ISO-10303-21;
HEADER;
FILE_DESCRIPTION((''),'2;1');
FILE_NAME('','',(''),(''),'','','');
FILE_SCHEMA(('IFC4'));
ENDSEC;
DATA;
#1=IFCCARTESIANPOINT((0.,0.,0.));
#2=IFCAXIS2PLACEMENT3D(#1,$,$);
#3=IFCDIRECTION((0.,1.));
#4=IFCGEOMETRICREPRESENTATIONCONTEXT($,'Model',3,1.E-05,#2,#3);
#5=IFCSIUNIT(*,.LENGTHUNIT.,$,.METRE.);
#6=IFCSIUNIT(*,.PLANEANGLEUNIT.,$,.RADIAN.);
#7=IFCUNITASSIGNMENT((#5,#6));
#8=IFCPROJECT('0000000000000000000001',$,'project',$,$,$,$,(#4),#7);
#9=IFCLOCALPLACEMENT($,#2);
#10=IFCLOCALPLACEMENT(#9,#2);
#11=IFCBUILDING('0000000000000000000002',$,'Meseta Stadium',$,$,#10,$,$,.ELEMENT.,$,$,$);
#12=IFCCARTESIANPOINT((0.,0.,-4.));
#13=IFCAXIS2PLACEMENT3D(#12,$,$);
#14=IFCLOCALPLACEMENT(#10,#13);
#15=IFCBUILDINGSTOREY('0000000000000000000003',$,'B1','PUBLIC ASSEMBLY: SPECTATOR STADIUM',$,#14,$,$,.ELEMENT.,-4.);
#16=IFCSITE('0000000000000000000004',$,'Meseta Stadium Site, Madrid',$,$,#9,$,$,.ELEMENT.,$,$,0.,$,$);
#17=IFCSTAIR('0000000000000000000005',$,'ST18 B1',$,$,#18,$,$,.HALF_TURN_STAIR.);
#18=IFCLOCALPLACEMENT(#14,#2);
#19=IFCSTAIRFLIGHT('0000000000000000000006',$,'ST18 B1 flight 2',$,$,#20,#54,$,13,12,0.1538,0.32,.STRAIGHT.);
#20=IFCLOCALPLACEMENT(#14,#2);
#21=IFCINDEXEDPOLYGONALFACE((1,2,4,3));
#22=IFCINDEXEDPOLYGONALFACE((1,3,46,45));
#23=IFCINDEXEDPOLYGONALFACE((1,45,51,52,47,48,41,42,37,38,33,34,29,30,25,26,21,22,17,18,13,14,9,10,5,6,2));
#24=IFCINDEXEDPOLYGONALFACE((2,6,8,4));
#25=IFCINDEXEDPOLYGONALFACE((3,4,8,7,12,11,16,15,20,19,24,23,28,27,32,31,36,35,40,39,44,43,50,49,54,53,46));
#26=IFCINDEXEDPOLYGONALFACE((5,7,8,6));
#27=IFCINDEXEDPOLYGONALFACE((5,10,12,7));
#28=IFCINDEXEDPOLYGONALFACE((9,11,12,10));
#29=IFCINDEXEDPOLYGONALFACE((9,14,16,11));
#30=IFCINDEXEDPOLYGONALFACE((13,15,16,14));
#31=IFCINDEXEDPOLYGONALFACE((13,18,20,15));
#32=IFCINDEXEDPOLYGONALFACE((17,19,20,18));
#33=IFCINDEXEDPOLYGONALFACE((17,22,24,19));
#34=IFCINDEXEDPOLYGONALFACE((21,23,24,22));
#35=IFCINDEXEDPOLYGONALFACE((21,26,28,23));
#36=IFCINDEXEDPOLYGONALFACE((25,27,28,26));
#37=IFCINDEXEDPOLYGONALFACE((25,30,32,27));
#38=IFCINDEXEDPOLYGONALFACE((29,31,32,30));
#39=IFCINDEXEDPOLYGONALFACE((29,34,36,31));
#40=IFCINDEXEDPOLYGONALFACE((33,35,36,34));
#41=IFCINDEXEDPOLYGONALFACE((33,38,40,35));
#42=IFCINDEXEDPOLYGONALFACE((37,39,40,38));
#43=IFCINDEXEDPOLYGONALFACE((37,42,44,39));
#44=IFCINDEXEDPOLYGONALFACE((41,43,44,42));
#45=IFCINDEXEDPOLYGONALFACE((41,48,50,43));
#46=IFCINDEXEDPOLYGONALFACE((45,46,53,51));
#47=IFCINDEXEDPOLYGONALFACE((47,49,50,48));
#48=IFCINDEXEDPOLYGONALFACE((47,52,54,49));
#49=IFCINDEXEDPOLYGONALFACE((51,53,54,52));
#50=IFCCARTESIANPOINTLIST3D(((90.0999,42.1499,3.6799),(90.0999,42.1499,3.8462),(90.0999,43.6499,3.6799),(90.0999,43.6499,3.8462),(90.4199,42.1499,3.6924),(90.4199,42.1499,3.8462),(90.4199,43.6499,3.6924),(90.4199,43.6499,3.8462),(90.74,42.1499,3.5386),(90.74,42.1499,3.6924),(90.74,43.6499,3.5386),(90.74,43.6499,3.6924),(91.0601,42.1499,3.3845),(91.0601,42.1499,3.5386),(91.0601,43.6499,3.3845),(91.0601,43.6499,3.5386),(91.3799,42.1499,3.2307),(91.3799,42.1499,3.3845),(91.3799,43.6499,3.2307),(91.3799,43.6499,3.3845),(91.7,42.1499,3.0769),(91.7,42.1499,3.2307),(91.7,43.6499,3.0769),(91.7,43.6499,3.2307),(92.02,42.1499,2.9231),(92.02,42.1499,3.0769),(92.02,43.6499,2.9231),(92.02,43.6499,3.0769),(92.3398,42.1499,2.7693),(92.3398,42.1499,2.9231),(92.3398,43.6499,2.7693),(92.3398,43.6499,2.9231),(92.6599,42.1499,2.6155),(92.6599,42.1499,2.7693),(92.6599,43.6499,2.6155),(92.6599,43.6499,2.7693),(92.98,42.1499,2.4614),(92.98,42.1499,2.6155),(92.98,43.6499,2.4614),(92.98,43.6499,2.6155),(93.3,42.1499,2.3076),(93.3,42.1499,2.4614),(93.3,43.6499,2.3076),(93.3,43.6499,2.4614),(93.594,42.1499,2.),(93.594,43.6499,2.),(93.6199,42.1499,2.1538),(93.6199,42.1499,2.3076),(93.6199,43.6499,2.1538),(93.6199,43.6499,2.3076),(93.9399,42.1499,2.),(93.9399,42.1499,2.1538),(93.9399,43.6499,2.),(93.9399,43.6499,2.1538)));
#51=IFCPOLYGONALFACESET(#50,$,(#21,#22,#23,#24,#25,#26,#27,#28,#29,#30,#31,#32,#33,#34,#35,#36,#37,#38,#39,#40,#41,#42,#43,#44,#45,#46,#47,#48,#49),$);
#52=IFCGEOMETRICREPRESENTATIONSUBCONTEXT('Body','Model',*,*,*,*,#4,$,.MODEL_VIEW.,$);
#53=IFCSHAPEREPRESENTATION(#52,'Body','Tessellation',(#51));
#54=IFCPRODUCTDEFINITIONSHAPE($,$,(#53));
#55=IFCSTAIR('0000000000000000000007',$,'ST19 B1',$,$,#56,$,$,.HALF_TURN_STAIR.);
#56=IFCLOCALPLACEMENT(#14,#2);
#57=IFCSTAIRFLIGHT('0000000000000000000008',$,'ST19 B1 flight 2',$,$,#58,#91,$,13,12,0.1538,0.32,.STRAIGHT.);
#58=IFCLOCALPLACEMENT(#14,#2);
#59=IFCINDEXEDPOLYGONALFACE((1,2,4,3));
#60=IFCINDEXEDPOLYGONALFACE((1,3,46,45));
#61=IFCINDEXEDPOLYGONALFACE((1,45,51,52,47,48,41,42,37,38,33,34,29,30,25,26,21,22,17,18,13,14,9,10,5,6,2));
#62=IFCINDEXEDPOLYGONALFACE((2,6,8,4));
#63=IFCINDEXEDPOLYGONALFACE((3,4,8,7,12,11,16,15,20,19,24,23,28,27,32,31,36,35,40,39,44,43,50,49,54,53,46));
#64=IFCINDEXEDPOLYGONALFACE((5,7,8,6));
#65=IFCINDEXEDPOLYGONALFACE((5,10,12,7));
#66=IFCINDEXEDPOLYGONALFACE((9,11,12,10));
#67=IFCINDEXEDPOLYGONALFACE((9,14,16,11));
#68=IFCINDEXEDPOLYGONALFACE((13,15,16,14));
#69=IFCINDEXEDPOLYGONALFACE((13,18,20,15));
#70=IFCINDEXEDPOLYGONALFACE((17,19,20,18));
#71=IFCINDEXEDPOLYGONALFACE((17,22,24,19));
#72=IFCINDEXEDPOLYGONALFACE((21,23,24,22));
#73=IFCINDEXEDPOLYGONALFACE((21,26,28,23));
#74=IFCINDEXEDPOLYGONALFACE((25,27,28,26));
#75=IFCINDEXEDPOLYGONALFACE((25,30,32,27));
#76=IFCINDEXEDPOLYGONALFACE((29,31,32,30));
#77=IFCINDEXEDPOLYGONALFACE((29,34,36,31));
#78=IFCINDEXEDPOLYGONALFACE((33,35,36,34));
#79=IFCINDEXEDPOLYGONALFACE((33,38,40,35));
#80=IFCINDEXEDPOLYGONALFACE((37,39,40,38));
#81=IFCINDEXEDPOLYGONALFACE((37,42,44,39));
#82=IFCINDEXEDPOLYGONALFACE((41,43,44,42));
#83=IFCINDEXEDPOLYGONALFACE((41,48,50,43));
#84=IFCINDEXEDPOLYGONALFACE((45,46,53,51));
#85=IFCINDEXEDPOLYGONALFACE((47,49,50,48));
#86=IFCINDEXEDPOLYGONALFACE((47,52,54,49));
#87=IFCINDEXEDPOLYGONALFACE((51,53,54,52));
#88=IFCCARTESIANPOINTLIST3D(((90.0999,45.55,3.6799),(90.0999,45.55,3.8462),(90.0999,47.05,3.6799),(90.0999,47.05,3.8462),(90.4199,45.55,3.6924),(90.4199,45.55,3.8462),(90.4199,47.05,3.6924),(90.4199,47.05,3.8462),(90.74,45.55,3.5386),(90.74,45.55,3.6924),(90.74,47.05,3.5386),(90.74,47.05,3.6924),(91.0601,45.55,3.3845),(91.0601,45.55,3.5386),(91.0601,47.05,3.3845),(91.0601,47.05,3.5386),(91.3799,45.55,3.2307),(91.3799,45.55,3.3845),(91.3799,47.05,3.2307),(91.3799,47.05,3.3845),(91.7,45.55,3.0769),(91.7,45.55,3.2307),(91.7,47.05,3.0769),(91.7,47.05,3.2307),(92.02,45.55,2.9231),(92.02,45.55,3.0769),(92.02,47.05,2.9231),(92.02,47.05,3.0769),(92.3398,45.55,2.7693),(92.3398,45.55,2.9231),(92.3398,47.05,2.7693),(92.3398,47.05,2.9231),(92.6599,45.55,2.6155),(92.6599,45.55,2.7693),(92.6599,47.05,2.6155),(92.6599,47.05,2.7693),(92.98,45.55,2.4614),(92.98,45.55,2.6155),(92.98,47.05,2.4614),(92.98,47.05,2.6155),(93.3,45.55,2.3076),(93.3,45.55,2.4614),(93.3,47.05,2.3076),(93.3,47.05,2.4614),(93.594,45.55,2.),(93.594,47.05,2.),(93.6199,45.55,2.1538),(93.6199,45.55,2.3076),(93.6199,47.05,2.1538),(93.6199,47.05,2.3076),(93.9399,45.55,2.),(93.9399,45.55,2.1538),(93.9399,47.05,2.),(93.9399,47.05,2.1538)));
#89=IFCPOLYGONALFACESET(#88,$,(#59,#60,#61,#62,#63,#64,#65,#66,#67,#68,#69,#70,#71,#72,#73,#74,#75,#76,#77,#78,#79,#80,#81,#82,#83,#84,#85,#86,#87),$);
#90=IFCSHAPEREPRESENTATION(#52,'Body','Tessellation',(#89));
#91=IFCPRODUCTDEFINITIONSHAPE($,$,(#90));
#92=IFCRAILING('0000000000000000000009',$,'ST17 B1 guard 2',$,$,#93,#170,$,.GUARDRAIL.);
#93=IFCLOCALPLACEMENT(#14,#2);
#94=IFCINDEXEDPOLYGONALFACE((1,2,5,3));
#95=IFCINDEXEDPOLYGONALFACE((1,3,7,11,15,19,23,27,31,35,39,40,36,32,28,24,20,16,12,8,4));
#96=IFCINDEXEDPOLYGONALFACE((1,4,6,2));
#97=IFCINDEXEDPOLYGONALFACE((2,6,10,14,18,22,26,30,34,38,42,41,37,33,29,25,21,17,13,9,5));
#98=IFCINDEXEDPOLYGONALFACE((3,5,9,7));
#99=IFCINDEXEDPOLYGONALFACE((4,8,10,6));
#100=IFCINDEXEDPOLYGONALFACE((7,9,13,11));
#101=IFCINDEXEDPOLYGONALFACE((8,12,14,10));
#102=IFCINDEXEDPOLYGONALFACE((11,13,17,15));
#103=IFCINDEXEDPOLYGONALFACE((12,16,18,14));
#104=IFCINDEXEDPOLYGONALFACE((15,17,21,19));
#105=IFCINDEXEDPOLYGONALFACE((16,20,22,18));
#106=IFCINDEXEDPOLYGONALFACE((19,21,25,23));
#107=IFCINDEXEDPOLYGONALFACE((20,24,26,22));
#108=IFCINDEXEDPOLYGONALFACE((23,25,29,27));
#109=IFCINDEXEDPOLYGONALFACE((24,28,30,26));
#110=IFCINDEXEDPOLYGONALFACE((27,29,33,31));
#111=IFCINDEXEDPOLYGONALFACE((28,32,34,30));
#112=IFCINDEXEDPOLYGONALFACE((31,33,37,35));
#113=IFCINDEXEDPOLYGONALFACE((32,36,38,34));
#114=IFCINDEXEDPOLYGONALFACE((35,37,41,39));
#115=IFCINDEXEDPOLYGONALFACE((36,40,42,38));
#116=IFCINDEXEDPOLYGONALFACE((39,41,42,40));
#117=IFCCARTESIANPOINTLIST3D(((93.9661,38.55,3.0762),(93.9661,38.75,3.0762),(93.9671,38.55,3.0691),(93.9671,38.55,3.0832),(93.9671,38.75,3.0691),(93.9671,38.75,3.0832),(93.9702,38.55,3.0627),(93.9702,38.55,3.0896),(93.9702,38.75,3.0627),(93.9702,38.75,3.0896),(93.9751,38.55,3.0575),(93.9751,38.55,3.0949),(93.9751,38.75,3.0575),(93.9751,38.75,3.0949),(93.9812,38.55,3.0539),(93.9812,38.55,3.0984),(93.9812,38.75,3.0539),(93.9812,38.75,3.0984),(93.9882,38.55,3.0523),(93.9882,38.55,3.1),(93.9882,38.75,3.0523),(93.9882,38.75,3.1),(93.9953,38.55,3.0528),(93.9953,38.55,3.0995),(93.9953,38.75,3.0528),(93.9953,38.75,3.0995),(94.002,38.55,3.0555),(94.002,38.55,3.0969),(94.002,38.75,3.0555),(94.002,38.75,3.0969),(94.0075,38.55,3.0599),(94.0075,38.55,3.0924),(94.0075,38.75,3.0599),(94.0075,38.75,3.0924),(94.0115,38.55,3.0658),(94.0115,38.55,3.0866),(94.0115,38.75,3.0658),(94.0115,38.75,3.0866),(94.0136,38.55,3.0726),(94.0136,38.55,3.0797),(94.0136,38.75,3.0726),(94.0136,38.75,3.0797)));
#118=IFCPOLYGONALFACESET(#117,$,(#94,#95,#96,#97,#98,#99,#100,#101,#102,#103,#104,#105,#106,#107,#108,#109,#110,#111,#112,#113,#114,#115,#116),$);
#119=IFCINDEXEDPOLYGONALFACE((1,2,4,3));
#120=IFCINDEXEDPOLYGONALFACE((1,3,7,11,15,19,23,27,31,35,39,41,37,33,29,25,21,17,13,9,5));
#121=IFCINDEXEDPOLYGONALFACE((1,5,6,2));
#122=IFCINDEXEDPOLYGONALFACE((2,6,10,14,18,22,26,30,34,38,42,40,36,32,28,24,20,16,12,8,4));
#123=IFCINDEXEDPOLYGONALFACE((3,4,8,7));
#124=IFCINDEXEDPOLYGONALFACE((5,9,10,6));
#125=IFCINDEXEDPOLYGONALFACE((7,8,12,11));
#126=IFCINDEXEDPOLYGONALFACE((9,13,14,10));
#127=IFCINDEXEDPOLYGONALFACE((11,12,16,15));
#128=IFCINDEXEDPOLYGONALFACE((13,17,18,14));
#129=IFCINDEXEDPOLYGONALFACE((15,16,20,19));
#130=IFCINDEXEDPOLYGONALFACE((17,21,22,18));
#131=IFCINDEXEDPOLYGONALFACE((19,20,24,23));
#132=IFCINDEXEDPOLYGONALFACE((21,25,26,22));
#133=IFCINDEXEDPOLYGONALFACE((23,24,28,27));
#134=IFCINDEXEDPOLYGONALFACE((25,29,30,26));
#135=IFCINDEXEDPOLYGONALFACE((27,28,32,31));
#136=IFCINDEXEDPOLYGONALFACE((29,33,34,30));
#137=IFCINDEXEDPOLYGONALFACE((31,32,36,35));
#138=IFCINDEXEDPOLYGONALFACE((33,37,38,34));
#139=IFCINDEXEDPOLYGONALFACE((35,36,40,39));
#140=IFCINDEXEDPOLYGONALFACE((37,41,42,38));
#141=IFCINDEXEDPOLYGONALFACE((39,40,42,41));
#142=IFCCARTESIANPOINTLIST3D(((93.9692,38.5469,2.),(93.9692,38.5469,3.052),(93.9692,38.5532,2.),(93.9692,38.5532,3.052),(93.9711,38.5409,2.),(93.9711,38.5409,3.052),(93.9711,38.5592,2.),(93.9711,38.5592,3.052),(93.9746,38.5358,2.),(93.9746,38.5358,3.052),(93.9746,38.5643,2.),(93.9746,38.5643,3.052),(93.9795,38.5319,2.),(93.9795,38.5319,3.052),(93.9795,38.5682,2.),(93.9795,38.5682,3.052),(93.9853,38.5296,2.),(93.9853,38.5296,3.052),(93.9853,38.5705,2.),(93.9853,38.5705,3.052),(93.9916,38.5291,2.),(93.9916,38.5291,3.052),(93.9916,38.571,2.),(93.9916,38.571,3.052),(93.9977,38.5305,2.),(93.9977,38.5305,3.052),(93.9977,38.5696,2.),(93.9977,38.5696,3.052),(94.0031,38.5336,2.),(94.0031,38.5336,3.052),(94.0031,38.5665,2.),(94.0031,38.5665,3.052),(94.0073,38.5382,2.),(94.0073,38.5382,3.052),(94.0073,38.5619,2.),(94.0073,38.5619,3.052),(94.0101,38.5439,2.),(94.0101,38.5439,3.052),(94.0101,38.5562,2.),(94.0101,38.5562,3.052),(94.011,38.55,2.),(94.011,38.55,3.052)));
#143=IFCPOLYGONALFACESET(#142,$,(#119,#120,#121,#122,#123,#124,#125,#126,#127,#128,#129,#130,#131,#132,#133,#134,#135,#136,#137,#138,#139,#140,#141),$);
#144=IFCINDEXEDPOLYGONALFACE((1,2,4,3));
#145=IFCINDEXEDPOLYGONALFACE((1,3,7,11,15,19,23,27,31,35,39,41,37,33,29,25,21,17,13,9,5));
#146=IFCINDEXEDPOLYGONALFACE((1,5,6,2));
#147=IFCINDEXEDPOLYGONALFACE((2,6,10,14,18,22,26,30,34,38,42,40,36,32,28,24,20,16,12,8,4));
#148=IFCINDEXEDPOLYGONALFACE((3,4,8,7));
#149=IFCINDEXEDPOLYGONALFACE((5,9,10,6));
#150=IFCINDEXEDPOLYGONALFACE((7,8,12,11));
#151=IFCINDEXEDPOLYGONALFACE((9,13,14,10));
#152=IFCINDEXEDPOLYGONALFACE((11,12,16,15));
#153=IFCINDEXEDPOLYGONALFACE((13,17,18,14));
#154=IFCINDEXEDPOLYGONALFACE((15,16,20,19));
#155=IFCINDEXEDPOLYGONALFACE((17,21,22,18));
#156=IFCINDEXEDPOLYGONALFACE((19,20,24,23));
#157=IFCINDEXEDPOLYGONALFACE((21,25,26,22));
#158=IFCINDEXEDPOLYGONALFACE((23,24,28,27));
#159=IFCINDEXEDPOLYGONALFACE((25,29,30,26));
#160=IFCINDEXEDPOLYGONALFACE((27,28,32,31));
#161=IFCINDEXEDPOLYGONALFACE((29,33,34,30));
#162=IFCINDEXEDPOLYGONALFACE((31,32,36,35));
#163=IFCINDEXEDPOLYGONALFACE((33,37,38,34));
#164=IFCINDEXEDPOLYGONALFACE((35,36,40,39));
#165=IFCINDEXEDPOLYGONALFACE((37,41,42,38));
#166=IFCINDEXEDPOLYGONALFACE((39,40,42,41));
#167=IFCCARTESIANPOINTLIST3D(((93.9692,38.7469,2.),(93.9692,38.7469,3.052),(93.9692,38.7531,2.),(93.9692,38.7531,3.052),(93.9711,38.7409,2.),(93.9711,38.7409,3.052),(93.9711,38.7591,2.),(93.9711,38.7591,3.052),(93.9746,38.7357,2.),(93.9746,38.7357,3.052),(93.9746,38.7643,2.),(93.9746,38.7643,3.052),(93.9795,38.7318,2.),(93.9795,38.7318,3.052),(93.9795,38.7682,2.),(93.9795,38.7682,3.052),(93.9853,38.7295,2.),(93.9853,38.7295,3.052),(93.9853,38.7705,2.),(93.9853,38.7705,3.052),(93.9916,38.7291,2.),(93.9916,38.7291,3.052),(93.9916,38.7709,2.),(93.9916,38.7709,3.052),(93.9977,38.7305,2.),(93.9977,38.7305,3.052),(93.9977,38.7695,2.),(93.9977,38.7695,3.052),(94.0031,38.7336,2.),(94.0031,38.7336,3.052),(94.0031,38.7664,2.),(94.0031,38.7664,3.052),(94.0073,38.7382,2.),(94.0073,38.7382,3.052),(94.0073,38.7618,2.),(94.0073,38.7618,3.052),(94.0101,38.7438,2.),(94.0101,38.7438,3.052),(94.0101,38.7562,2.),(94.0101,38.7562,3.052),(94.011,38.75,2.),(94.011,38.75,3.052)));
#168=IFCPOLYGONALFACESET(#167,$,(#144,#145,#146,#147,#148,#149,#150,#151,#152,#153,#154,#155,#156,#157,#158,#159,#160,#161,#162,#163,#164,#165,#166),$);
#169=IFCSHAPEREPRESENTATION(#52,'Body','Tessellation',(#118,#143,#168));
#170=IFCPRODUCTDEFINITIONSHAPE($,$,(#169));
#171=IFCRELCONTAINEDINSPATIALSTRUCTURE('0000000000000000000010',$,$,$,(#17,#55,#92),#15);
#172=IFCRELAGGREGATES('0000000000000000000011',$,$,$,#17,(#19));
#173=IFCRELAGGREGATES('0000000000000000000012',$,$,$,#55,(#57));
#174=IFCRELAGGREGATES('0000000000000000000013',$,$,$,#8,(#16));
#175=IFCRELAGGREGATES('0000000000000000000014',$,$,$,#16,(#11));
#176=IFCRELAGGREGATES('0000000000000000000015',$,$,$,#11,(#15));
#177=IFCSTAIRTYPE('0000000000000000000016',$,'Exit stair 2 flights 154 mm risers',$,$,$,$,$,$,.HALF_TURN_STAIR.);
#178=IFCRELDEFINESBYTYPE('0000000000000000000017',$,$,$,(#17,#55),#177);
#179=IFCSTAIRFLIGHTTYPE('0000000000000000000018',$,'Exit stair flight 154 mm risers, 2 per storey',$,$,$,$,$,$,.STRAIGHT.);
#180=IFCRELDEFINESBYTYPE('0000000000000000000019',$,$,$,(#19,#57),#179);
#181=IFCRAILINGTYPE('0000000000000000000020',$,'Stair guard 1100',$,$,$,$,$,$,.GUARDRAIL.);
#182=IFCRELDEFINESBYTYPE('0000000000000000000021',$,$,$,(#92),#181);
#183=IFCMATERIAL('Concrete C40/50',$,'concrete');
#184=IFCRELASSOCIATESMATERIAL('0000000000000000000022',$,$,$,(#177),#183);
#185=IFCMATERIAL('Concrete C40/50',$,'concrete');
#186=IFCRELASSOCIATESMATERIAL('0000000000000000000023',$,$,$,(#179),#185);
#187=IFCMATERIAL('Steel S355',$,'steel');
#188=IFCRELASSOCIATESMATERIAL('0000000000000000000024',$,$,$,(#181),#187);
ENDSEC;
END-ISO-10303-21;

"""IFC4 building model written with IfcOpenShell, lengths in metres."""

from ifc_helpers import new_model, si_unit, direction, frame, origin, origin_2d, place, context, subcontext, project, spatial, polyline, circle, outline, extrude, material, type_object, element, aggregate, save


model = new_model("IFC4")

# Units and contexts
model_context = context("Model", 3, precision=1e-05, world=origin(), true_north=direction((0.0, 1.0)))
body_context = subcontext(model_context, "Body", "Model", "MODEL_VIEW")
ifc_project = project(units=[si_unit("LENGTHUNIT", "METRE"), si_unit("PLANEANGLEUNIT", "RADIAN")], contexts=[model_context])

# Site, building, storey
site_placement = place(None, origin())
site = spatial("IfcSite", under=ifc_project, at=site_placement, Name="Meseta Stadium Site, Madrid", CompositionType="ELEMENT", RefElevation=0.0)
building_placement = place(site_placement, origin())
building = spatial("IfcBuilding", under=site, at=building_placement, Name="Meseta Stadium", CompositionType="ELEMENT")
storey_placement = place(building_placement, frame((0.0, 0.0, -4.0)))
storey = spatial("IfcBuildingStorey", under=building, at=storey_placement, Name="B1", Description="PUBLIC ASSEMBLY: SPECTATOR STADIUM", CompositionType="ELEMENT", Elevation=-4.0)

# Stairs, stair flights
ifc_material_1 = material(Name="Concrete C40/50", Category="concrete")
stair_type = type_object("IfcStairType", Name="Exit stair 2 flights 154 mm risers", PredefinedType="HALF_TURN_STAIR", material=ifc_material_1)
stair_1_placement = place(storey_placement, origin())
stair_1 = element("IfcStair", 1, at=stair_1_placement, inside=storey, type_object=stair_type, Name="ST18 B1", PredefinedType="HALF_TURN_STAIR")
ifc_material_2 = material(Name="Concrete C40/50", Category="concrete")
stair_flight_type = type_object("IfcStairFlightType", Name="Exit stair flight 154 mm risers, 2 per storey", PredefinedType="STRAIGHT", material=ifc_material_2)
stair_flight_1_placement = place(storey_placement, frame((93.9399, 42.8999, 2.0), z_axis=(0.0, 0.0, 1.0), x_axis=(-1.0, 0.0, 0.0)))
stair_flight_1 = element("IfcStairFlight", 2, at=stair_flight_1_placement, type_object=stair_flight_type, Name="ST18 B1 flight 2", NumberOfRisers=13, NumberOfTreads=12, PredefinedType="STRAIGHT", RiserHeight=0.1538, TreadLength=0.32, context=body_context, shape_type="SweptSolid", body=[
    extrude(outline(polyline([(0.0, 0.0), (0.0, 0.1538), (0.3201, 0.1538), (0.3201, 0.3076), (0.6399, 0.3076), (0.6399, 0.4614), (0.96, 0.4614), (0.96, 0.6155), (1.28, 0.6155), (1.28, 0.7693), (1.6001, 0.7693), (1.6001, 0.9231), (1.9199, 0.9231), (1.9199, 1.0769), (2.24, 1.0769), (2.24, 1.2307), (2.5601, 1.2307), (2.5601, 1.3845), (2.8799, 1.3845), (2.8799, 1.5386), (3.2, 1.5386), (3.2, 1.6924), (3.52, 1.6924), (3.52, 1.8462), (3.8401, 1.8462), (3.8401, 1.6799), (0.3459, 0.0), (0.0, 0.0)])), frame((0.0, 0.75, 0.0), z_axis=(0.0, -1.0, 0.0), x_axis=(1.0, 0.0, 0.0)), (0.0, 0.0, 1.0), 1.5),
])
aggregate(stair_1, [stair_flight_1])
stair_2_placement = place(storey_placement, origin())
stair_2 = element("IfcStair", 3, at=stair_2_placement, inside=storey, type_object=stair_type, Name="ST19 B1", PredefinedType="HALF_TURN_STAIR")
stair_flight_2_placement = place(storey_placement, frame((93.9399, 46.3, 2.0), z_axis=(0.0, 0.0, 1.0), x_axis=(-1.0, 0.0, 0.0)))
stair_flight_2 = element("IfcStairFlight", 4, at=stair_flight_2_placement, type_object=stair_flight_type, Name="ST19 B1 flight 2", NumberOfRisers=13, NumberOfTreads=12, PredefinedType="STRAIGHT", RiserHeight=0.1538, TreadLength=0.32, context=body_context, shape_type="SweptSolid", body=[
    extrude(outline(polyline([(0.0, 0.0), (0.0, 0.1538), (0.3201, 0.1538), (0.3201, 0.3076), (0.6399, 0.3076), (0.6399, 0.4614), (0.96, 0.4614), (0.96, 0.6155), (1.28, 0.6155), (1.28, 0.7693), (1.6001, 0.7693), (1.6001, 0.9231), (1.9199, 0.9231), (1.9199, 1.0769), (2.24, 1.0769), (2.24, 1.2307), (2.5601, 1.2307), (2.5601, 1.3845), (2.8799, 1.3845), (2.8799, 1.5386), (3.2, 1.5386), (3.2, 1.6924), (3.52, 1.6924), (3.52, 1.8462), (3.8401, 1.8462), (3.8401, 1.6799), (0.3459, 0.0), (0.0, 0.0)])), frame((0.0, 0.75, 0.0), z_axis=(0.0, -1.0, 0.0), x_axis=(1.0, 0.0, 0.0)), (0.0, 0.0, 1.0), 1.5),
])
aggregate(stair_2, [stair_flight_2])

# Railing
ifc_material_3 = material(Name="Steel S355", Category="steel")
railing_type_1 = type_object("IfcRailingType", Name="Stair guard 1100", PredefinedType="GUARDRAIL", material=ifc_material_3)
for number, where, name in (
    (5, (93.99, 38.55, 2.0), "ST17 B1 guard 2"),
):
    element("IfcRailing", number, at=place(storey_placement, frame(where)), inside=storey, type_object=railing_type_1, Name=name, PredefinedType="GUARDRAIL", context=body_context, shape_type="SweptSolid", body=[
        extrude(circle(Radius=0.0239, at=origin_2d()), frame((0.0, 0.0, 1.0762), z_axis=(0.0, 1.0, 0.0), x_axis=(-1.0, 0.0, 0.0)), (0.0, 0.0, 1.0), 0.2),
        extrude(circle(Radius=0.021, at=origin_2d()), origin(), (0.0, 0.0, 1.0), 1.052),
        extrude(circle(Radius=0.021, at=origin_2d()), frame((0.0, 0.2, 0.0)), (0.0, 0.0, 1.0), 1.052),
    ])

save(model, "model.ifc")
